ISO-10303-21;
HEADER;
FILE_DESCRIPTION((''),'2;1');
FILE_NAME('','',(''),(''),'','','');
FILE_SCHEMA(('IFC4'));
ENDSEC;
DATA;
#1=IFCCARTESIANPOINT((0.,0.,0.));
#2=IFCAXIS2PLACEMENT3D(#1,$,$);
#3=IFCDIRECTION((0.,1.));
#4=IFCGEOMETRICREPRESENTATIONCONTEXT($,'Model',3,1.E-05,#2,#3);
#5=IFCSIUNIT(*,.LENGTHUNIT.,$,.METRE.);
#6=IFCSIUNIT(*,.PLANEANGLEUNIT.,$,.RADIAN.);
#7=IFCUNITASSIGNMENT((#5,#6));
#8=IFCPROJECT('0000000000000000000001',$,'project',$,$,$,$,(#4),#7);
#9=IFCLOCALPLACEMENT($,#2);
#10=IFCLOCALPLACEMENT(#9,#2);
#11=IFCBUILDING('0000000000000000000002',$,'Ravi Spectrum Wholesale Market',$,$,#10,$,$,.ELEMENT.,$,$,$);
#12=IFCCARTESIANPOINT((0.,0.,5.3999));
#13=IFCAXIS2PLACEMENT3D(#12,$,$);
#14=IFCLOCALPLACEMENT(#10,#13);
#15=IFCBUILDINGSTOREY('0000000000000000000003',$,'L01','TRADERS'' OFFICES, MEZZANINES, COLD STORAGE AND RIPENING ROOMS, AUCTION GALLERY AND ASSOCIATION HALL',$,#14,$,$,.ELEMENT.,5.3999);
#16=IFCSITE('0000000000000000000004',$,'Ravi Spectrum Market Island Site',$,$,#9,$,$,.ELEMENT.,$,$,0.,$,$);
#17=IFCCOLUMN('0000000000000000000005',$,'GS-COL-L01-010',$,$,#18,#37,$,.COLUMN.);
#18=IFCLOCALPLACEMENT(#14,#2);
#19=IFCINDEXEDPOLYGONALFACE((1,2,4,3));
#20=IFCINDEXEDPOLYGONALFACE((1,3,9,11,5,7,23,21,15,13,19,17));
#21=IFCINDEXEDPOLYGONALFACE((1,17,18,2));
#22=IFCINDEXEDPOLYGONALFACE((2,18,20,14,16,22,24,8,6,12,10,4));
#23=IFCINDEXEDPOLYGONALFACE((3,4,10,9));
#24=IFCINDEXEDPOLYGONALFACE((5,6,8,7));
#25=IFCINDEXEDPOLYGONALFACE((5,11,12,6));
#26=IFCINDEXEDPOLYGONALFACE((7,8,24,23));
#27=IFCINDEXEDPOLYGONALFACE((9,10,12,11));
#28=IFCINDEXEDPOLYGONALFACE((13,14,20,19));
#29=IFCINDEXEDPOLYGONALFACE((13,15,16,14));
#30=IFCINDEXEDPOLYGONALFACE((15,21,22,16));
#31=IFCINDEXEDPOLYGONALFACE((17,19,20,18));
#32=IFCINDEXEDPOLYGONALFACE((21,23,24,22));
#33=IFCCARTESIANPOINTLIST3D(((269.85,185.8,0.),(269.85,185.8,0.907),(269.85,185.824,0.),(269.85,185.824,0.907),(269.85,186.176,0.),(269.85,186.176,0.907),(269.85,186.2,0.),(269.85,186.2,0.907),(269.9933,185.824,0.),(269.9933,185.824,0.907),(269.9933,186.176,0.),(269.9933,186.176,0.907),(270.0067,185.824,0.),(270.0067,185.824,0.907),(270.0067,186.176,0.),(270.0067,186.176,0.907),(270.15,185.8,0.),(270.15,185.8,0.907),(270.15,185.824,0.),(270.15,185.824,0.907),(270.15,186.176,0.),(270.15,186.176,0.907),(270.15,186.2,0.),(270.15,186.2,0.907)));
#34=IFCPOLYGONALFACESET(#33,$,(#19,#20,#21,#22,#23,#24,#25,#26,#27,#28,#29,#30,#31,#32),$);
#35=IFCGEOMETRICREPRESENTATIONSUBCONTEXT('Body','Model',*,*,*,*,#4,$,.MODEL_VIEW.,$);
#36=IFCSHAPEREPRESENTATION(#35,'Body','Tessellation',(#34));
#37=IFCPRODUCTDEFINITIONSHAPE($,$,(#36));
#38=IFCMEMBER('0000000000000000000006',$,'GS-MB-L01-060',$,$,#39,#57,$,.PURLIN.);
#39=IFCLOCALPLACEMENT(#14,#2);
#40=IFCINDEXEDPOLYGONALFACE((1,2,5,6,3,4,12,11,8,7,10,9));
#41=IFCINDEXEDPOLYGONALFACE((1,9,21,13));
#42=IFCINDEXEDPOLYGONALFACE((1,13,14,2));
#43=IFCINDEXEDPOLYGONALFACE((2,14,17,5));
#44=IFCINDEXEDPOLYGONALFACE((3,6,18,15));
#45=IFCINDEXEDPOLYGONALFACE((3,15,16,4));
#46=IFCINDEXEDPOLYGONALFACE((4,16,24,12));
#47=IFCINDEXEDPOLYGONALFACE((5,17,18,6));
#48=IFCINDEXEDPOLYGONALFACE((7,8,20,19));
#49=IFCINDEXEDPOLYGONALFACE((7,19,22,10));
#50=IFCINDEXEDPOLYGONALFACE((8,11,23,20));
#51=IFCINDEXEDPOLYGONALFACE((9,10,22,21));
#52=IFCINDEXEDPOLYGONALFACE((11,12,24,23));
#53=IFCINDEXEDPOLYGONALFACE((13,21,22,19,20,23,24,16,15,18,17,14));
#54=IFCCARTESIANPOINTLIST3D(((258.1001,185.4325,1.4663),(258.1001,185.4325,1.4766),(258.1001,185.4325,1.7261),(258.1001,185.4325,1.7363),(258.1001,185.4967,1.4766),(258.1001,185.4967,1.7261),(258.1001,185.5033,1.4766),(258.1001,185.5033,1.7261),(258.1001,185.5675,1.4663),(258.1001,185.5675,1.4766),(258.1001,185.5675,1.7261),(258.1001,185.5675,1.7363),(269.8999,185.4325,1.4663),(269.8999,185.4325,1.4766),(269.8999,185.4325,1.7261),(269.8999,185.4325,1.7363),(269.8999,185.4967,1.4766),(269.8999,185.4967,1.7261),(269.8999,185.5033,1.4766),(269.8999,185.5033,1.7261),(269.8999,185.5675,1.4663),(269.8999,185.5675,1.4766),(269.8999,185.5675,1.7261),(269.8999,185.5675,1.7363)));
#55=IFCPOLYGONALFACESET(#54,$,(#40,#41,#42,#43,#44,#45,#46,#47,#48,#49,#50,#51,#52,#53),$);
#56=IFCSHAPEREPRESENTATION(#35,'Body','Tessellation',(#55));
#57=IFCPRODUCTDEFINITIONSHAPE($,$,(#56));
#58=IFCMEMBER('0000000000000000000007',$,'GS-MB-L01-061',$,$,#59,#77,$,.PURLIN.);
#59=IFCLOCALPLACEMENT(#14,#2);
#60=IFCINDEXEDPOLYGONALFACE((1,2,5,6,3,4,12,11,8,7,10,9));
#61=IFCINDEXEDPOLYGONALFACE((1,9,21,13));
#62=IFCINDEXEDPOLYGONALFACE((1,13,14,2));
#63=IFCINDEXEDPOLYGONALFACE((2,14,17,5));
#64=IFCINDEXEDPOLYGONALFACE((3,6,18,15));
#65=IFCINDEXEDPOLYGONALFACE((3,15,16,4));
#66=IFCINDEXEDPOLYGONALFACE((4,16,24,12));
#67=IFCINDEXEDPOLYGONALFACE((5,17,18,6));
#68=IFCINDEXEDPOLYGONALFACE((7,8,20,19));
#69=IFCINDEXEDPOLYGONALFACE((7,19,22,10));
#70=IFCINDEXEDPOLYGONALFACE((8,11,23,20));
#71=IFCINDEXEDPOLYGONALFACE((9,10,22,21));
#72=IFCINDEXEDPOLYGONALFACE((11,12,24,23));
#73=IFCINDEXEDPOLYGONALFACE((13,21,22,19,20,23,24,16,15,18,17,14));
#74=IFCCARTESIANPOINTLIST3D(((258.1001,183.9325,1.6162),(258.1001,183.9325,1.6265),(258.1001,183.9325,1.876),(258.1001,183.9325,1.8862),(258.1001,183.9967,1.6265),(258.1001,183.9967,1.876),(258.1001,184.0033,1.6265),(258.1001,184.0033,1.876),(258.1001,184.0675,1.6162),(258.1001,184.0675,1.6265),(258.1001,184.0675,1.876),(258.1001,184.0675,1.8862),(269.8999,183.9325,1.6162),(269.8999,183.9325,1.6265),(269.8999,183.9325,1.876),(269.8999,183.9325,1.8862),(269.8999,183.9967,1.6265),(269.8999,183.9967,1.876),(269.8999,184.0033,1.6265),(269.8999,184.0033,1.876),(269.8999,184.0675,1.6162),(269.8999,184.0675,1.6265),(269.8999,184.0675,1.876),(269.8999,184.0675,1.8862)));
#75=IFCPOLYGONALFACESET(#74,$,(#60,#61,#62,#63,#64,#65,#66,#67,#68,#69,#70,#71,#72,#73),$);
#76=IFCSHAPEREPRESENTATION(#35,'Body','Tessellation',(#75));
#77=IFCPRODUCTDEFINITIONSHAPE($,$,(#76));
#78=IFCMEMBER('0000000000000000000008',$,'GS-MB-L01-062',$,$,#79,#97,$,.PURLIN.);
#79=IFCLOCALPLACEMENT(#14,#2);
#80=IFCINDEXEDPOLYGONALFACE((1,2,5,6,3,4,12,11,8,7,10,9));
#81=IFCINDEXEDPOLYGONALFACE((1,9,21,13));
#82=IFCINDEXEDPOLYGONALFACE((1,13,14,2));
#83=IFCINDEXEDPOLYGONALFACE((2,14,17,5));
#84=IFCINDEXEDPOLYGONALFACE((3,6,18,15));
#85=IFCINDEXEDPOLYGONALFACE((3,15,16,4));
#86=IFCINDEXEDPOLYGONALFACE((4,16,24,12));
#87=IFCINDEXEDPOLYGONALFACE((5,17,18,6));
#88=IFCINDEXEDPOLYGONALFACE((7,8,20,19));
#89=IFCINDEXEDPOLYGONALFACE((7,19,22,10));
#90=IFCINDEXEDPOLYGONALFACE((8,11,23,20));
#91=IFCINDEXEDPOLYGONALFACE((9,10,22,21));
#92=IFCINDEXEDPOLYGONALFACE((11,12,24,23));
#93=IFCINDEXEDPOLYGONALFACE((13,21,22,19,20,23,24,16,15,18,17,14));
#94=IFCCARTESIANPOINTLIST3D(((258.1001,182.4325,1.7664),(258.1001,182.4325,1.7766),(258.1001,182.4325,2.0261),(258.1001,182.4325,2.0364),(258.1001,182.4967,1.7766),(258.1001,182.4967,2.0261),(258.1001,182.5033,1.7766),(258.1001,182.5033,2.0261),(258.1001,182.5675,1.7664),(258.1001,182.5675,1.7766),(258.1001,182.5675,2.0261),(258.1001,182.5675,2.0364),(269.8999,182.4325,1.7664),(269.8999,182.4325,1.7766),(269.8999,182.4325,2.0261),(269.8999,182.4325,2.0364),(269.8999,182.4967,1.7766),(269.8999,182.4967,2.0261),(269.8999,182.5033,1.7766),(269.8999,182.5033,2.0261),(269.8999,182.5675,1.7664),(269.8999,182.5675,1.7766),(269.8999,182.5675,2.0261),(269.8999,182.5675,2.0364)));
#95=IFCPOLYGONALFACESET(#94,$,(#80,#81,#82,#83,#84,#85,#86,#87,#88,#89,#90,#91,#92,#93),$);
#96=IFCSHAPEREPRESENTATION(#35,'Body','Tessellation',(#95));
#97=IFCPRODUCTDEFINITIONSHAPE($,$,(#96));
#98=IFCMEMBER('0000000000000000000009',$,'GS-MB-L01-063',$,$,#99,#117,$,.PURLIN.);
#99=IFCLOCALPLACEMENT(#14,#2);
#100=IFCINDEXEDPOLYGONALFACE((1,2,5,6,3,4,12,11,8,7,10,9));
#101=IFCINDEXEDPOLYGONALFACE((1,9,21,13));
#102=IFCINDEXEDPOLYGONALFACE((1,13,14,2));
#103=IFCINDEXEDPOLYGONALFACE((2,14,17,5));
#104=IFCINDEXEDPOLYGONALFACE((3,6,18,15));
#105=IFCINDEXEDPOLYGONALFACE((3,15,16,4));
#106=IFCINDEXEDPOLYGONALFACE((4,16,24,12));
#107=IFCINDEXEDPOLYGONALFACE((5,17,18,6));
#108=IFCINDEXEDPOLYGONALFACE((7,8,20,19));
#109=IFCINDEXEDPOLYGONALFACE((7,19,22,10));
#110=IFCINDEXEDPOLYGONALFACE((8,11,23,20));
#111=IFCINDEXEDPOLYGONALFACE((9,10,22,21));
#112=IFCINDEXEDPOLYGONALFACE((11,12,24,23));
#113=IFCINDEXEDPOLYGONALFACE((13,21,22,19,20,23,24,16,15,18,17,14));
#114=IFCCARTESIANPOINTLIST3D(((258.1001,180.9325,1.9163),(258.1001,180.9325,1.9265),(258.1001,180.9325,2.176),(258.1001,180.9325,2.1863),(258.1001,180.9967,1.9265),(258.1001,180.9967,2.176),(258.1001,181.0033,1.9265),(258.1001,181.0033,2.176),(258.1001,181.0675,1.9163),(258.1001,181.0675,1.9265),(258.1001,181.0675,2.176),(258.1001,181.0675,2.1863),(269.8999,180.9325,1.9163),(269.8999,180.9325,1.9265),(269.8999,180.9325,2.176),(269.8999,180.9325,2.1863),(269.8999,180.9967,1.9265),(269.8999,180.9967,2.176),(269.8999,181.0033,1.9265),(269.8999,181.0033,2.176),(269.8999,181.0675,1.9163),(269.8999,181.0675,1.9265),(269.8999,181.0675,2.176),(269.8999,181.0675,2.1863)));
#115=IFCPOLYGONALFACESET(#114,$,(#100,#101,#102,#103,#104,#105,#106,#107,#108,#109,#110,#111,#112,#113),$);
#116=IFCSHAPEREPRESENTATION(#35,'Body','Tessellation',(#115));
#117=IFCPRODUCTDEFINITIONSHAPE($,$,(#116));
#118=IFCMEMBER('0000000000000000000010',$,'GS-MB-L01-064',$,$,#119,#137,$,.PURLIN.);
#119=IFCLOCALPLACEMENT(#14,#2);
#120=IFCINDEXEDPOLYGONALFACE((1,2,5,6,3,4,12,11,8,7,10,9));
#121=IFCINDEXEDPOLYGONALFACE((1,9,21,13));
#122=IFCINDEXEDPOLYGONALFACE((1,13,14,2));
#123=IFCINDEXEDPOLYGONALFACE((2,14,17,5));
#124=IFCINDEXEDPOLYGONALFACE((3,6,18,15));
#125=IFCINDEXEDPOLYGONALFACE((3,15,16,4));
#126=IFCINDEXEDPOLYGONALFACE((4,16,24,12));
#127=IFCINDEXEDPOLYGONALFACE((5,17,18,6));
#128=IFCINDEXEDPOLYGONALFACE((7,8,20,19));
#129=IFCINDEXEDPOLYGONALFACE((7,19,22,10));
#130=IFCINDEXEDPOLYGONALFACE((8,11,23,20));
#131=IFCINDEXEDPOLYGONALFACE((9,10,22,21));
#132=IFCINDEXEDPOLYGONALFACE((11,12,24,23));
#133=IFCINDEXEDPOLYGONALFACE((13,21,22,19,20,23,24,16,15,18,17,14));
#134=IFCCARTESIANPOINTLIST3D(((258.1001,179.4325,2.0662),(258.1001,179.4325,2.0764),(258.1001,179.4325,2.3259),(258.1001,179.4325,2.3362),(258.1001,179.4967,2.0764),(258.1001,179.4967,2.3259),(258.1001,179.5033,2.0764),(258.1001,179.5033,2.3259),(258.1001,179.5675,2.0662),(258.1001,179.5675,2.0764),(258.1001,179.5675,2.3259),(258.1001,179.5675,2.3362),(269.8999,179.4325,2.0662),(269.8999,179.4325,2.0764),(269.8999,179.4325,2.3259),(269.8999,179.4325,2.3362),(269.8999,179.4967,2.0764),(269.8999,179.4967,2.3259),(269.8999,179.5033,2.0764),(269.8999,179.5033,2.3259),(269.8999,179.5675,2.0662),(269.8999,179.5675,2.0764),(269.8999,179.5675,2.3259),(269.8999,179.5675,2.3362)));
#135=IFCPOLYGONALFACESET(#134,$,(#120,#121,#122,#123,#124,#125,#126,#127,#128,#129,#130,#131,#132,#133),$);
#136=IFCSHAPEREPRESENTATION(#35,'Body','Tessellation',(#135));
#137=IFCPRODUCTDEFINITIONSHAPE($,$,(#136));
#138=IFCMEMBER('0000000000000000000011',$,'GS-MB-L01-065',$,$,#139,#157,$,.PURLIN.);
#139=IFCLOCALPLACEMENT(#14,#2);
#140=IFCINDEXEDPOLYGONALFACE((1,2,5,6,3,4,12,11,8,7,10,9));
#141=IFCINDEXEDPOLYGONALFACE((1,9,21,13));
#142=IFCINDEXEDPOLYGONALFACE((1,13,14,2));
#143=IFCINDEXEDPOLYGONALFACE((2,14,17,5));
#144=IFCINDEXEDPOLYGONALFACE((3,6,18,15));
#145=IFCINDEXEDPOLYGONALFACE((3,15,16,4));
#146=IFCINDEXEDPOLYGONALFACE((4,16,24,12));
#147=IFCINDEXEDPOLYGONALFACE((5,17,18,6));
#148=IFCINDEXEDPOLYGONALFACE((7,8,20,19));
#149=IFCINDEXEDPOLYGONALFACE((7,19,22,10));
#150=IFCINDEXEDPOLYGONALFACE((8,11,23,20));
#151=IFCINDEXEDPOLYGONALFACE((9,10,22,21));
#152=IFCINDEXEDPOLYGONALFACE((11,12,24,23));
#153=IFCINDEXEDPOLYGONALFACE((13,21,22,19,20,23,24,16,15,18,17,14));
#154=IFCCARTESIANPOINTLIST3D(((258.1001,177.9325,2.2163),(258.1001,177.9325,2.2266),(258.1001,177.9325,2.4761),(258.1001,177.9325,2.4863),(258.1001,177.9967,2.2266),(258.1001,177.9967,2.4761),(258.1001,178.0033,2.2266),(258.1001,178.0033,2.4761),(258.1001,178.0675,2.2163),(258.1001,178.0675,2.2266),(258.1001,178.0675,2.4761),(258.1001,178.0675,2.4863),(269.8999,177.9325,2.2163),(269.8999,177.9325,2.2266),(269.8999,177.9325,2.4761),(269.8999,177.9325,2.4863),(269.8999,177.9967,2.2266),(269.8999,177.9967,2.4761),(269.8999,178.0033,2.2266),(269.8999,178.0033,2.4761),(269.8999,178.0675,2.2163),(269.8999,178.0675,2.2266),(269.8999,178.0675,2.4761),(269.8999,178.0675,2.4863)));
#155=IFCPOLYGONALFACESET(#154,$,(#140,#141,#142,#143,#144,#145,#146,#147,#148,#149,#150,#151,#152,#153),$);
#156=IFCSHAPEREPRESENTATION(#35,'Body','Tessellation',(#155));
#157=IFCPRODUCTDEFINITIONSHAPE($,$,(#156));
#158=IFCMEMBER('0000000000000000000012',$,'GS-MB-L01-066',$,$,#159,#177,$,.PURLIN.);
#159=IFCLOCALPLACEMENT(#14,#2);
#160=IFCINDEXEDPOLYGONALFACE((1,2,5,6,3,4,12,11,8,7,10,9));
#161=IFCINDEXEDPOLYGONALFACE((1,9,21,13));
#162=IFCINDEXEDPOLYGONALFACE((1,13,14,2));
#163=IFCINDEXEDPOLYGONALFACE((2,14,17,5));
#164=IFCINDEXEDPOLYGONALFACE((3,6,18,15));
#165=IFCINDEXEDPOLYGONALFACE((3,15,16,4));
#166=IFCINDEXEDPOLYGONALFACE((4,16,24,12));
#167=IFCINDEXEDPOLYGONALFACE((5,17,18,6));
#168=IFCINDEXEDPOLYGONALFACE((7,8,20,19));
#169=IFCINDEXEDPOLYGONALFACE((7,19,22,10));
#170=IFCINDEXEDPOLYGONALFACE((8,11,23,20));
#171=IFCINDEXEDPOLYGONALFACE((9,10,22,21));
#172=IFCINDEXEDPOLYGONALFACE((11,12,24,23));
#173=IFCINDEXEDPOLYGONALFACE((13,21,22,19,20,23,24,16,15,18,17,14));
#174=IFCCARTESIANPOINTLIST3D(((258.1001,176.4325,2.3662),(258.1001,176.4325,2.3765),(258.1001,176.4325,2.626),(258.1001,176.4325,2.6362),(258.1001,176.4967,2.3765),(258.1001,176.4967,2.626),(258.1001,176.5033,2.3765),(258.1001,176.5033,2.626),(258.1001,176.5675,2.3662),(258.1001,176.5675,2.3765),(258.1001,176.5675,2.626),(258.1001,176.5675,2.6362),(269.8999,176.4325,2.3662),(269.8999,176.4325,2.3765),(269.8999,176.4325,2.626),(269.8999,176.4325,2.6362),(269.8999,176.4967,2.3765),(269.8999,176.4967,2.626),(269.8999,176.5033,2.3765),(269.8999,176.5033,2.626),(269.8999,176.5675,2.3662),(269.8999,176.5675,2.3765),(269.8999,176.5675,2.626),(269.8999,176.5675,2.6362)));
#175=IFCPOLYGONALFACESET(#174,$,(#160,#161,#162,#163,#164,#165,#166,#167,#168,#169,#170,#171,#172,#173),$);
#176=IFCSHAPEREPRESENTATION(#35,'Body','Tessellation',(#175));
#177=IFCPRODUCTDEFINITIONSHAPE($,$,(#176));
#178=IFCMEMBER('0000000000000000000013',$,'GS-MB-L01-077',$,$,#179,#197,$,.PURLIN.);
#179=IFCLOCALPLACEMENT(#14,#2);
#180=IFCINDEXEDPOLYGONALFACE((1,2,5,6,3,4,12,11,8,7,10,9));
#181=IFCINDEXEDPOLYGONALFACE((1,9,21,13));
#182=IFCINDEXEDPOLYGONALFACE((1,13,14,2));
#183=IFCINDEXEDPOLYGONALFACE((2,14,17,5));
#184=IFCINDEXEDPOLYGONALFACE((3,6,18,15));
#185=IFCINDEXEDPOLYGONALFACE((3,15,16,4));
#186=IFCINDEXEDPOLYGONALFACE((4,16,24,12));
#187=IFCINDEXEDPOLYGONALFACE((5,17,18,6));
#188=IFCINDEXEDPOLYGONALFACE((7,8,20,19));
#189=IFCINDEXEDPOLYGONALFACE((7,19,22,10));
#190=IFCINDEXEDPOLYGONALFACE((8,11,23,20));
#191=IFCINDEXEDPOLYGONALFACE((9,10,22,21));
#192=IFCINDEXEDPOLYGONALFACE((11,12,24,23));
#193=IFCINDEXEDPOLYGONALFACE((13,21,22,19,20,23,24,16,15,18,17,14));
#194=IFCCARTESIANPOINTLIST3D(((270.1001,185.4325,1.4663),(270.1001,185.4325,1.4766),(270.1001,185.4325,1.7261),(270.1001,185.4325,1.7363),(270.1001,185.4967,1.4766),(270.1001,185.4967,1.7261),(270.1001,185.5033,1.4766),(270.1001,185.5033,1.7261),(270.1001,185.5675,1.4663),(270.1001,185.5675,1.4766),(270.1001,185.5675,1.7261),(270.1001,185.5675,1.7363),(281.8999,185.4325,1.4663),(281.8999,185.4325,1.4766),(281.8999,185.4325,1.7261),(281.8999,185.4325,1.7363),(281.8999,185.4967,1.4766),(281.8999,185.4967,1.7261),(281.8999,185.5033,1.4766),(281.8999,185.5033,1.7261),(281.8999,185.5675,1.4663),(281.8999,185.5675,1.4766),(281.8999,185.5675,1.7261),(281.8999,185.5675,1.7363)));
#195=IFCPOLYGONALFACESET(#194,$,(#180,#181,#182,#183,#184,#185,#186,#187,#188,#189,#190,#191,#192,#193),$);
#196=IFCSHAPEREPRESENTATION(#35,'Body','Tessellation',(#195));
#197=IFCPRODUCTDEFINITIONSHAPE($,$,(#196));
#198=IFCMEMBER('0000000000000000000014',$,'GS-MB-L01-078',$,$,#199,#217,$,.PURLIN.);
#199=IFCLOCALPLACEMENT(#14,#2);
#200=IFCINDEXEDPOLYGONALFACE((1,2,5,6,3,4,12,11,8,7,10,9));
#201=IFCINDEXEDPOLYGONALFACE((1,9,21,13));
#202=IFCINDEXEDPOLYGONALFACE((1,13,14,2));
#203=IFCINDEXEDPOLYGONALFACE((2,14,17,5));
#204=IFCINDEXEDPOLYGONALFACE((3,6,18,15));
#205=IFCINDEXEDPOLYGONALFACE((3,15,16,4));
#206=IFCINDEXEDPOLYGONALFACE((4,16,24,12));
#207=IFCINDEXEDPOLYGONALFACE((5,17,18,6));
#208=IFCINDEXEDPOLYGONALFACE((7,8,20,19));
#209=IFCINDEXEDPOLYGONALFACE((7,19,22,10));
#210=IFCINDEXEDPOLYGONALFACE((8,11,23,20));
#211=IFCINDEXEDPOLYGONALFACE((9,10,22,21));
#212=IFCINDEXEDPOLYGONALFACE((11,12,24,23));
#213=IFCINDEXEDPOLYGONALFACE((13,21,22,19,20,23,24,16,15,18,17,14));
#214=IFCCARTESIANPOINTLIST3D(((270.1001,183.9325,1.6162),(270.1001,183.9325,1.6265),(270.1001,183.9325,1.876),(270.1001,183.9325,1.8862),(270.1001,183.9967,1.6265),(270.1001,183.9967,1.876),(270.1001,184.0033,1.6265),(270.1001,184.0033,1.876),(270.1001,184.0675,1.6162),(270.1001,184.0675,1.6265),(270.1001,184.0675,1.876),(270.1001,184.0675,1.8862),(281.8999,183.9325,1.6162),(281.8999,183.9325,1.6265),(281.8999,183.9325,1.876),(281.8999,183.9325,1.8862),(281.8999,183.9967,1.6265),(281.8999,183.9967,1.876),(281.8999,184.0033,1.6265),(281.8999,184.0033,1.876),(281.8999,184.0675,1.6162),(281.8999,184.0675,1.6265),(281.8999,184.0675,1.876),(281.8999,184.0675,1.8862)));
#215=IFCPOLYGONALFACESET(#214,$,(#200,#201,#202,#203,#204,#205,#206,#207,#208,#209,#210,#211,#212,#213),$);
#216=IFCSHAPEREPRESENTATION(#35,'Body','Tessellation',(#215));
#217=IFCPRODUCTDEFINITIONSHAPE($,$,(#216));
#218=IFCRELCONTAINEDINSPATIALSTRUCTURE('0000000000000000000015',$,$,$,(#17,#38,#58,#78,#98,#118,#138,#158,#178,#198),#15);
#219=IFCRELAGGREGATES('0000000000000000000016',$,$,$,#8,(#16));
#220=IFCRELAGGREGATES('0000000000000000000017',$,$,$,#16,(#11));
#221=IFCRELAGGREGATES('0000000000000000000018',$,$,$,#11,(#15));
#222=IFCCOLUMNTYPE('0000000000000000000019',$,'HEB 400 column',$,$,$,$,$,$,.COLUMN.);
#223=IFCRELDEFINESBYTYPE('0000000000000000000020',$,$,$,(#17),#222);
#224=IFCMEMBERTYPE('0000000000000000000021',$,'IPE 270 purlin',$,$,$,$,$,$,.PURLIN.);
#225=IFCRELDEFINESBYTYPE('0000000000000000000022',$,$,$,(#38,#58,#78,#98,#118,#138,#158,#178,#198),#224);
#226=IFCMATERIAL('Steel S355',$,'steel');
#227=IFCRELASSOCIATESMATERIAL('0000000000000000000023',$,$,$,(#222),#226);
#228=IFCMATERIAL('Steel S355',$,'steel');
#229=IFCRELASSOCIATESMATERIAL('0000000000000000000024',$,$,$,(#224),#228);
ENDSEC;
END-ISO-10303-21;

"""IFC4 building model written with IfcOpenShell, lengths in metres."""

from ifc_helpers import new_model, si_unit, direction, frame, origin, origin_2d, place, context, subcontext, project, spatial, i_section, extrude, material, material_profile, profile_set, type_object, element, save


model = new_model("IFC4")

# Units and contexts
model_context = context("Model", 3, precision=1e-05, world=origin(), true_north=direction((0.0, 1.0)))
body_context = subcontext(model_context, "Body", "Model", "MODEL_VIEW")
ifc_project = project(units=[si_unit("LENGTHUNIT", "METRE"), si_unit("PLANEANGLEUNIT", "RADIAN")], contexts=[model_context])

# Site, building, storey
site_placement = place(None, origin())
site = spatial("IfcSite", under=ifc_project, at=site_placement, Name="Ravi Spectrum Market Island Site", CompositionType="ELEMENT", RefElevation=0.0)
building_placement = place(site_placement, origin())
building = spatial("IfcBuilding", under=site, at=building_placement, Name="Ravi Spectrum Wholesale Market", CompositionType="ELEMENT")
storey_placement = place(building_placement, frame((0.0, 0.0, 5.3999)))
storey = spatial("IfcBuildingStorey", under=building, at=storey_placement, Name="L01", Description="TRADERS' OFFICES, MEZZANINES, COLD STORAGE AND RIPENING ROOMS, AUCTION GALLERY AND ASSOCIATION HALL", CompositionType="ELEMENT", Elevation=5.3999)

# Column
ifc_material_1 = material(Name="Steel S355", Category="steel")
ifc_material_profile_1 = material_profile(ifc_material_1, i_section(OverallWidth=0.3, OverallDepth=0.3999, WebThickness=0.0134, FlangeThickness=0.0239, at=origin_2d()))
ifc_profile_set_1 = profile_set([ifc_material_profile_1], Name="Steel S355")
column_type = type_object("IfcColumnType", Name="HEB 400 column", PredefinedType="COLUMN", material=ifc_profile_set_1)
column_placement = place(storey_placement, frame((270.0, 186.0, 0.0), z_axis=(0.0, 0.0, 1.0), x_axis=(1.0, 0.0, 0.0)))
element("IfcColumn", 1, at=column_placement, inside=storey, type_object=column_type, Name="GS-COL-L01-010", PredefinedType="COLUMN", context=body_context, shape_type="SweptSolid", body=[
    extrude(i_section(OverallWidth=0.3, OverallDepth=0.3999, WebThickness=0.0134, FlangeThickness=0.0239, at=origin_2d()), origin(), (0.0, 0.0, 1.0), 0.907),
])

# Members
ifc_material_2 = material(Name="Steel S355", Category="steel")
ifc_material_profile_2 = material_profile(ifc_material_2, i_section(OverallWidth=0.135, OverallDepth=0.27, WebThickness=0.0066, FlangeThickness=0.0103, at=origin_2d()))
ifc_profile_set_2 = profile_set([ifc_material_profile_2], Name="Steel S355")
member_type = type_object("IfcMemberType", Name="IPE 270 purlin", PredefinedType="PURLIN", material=ifc_profile_set_2)
for number, where, z_axis, x_axis, name in (
    (2, (258.1001, 185.5, 1.6013), (1.0, 0.0, 0.0), (0.0, 1.0, 0.0), "GS-MB-L01-060"),
    (3, (258.1001, 184.0, 1.7512), (1.0, 0.0, 0.0), (0.0, 1.0, 0.0), "GS-MB-L01-061"),
    (4, (258.1001, 182.5, 1.9014), (1.0, 0.0, 0.0), (0.0, 1.0, 0.0), "GS-MB-L01-062"),
    (5, (258.1001, 181.0, 2.0513), (1.0, 0.0, 0.0), (0.0, 1.0, 0.0), "GS-MB-L01-063"),
    (6, (258.1001, 179.5, 2.2012), (1.0, 0.0, 0.0), (0.0, 1.0, 0.0), "GS-MB-L01-064"),
    (7, (258.1001, 178.0, 2.3513), (1.0, 0.0, 0.0), (0.0, 1.0, 0.0), "GS-MB-L01-065"),
    (8, (258.1001, 176.5, 2.5012), (1.0, 0.0, 0.0), (0.0, 1.0, 0.0), "GS-MB-L01-066"),
    (9, (270.1001, 185.5, 1.6013), (1.0, 0.0, 0.0), (0.0, 1.0, 0.0), "GS-MB-L01-077"),
    (10, (270.1001, 184.0, 1.7512), (1.0, 0.0, 0.0), (0.0, 1.0, 0.0), "GS-MB-L01-078"),
):
    element("IfcMember", number, at=place(storey_placement, frame(where, z_axis=z_axis, x_axis=x_axis)), inside=storey, type_object=member_type, Name=name, PredefinedType="PURLIN", context=body_context, shape_type="SweptSolid", body=[
        extrude(i_section(OverallWidth=0.135, OverallDepth=0.27, WebThickness=0.0066, FlangeThickness=0.0103, at=origin_2d()), origin(), (0.0, 0.0, 1.0), 11.7998),
    ])

save(model, "model.ifc")
